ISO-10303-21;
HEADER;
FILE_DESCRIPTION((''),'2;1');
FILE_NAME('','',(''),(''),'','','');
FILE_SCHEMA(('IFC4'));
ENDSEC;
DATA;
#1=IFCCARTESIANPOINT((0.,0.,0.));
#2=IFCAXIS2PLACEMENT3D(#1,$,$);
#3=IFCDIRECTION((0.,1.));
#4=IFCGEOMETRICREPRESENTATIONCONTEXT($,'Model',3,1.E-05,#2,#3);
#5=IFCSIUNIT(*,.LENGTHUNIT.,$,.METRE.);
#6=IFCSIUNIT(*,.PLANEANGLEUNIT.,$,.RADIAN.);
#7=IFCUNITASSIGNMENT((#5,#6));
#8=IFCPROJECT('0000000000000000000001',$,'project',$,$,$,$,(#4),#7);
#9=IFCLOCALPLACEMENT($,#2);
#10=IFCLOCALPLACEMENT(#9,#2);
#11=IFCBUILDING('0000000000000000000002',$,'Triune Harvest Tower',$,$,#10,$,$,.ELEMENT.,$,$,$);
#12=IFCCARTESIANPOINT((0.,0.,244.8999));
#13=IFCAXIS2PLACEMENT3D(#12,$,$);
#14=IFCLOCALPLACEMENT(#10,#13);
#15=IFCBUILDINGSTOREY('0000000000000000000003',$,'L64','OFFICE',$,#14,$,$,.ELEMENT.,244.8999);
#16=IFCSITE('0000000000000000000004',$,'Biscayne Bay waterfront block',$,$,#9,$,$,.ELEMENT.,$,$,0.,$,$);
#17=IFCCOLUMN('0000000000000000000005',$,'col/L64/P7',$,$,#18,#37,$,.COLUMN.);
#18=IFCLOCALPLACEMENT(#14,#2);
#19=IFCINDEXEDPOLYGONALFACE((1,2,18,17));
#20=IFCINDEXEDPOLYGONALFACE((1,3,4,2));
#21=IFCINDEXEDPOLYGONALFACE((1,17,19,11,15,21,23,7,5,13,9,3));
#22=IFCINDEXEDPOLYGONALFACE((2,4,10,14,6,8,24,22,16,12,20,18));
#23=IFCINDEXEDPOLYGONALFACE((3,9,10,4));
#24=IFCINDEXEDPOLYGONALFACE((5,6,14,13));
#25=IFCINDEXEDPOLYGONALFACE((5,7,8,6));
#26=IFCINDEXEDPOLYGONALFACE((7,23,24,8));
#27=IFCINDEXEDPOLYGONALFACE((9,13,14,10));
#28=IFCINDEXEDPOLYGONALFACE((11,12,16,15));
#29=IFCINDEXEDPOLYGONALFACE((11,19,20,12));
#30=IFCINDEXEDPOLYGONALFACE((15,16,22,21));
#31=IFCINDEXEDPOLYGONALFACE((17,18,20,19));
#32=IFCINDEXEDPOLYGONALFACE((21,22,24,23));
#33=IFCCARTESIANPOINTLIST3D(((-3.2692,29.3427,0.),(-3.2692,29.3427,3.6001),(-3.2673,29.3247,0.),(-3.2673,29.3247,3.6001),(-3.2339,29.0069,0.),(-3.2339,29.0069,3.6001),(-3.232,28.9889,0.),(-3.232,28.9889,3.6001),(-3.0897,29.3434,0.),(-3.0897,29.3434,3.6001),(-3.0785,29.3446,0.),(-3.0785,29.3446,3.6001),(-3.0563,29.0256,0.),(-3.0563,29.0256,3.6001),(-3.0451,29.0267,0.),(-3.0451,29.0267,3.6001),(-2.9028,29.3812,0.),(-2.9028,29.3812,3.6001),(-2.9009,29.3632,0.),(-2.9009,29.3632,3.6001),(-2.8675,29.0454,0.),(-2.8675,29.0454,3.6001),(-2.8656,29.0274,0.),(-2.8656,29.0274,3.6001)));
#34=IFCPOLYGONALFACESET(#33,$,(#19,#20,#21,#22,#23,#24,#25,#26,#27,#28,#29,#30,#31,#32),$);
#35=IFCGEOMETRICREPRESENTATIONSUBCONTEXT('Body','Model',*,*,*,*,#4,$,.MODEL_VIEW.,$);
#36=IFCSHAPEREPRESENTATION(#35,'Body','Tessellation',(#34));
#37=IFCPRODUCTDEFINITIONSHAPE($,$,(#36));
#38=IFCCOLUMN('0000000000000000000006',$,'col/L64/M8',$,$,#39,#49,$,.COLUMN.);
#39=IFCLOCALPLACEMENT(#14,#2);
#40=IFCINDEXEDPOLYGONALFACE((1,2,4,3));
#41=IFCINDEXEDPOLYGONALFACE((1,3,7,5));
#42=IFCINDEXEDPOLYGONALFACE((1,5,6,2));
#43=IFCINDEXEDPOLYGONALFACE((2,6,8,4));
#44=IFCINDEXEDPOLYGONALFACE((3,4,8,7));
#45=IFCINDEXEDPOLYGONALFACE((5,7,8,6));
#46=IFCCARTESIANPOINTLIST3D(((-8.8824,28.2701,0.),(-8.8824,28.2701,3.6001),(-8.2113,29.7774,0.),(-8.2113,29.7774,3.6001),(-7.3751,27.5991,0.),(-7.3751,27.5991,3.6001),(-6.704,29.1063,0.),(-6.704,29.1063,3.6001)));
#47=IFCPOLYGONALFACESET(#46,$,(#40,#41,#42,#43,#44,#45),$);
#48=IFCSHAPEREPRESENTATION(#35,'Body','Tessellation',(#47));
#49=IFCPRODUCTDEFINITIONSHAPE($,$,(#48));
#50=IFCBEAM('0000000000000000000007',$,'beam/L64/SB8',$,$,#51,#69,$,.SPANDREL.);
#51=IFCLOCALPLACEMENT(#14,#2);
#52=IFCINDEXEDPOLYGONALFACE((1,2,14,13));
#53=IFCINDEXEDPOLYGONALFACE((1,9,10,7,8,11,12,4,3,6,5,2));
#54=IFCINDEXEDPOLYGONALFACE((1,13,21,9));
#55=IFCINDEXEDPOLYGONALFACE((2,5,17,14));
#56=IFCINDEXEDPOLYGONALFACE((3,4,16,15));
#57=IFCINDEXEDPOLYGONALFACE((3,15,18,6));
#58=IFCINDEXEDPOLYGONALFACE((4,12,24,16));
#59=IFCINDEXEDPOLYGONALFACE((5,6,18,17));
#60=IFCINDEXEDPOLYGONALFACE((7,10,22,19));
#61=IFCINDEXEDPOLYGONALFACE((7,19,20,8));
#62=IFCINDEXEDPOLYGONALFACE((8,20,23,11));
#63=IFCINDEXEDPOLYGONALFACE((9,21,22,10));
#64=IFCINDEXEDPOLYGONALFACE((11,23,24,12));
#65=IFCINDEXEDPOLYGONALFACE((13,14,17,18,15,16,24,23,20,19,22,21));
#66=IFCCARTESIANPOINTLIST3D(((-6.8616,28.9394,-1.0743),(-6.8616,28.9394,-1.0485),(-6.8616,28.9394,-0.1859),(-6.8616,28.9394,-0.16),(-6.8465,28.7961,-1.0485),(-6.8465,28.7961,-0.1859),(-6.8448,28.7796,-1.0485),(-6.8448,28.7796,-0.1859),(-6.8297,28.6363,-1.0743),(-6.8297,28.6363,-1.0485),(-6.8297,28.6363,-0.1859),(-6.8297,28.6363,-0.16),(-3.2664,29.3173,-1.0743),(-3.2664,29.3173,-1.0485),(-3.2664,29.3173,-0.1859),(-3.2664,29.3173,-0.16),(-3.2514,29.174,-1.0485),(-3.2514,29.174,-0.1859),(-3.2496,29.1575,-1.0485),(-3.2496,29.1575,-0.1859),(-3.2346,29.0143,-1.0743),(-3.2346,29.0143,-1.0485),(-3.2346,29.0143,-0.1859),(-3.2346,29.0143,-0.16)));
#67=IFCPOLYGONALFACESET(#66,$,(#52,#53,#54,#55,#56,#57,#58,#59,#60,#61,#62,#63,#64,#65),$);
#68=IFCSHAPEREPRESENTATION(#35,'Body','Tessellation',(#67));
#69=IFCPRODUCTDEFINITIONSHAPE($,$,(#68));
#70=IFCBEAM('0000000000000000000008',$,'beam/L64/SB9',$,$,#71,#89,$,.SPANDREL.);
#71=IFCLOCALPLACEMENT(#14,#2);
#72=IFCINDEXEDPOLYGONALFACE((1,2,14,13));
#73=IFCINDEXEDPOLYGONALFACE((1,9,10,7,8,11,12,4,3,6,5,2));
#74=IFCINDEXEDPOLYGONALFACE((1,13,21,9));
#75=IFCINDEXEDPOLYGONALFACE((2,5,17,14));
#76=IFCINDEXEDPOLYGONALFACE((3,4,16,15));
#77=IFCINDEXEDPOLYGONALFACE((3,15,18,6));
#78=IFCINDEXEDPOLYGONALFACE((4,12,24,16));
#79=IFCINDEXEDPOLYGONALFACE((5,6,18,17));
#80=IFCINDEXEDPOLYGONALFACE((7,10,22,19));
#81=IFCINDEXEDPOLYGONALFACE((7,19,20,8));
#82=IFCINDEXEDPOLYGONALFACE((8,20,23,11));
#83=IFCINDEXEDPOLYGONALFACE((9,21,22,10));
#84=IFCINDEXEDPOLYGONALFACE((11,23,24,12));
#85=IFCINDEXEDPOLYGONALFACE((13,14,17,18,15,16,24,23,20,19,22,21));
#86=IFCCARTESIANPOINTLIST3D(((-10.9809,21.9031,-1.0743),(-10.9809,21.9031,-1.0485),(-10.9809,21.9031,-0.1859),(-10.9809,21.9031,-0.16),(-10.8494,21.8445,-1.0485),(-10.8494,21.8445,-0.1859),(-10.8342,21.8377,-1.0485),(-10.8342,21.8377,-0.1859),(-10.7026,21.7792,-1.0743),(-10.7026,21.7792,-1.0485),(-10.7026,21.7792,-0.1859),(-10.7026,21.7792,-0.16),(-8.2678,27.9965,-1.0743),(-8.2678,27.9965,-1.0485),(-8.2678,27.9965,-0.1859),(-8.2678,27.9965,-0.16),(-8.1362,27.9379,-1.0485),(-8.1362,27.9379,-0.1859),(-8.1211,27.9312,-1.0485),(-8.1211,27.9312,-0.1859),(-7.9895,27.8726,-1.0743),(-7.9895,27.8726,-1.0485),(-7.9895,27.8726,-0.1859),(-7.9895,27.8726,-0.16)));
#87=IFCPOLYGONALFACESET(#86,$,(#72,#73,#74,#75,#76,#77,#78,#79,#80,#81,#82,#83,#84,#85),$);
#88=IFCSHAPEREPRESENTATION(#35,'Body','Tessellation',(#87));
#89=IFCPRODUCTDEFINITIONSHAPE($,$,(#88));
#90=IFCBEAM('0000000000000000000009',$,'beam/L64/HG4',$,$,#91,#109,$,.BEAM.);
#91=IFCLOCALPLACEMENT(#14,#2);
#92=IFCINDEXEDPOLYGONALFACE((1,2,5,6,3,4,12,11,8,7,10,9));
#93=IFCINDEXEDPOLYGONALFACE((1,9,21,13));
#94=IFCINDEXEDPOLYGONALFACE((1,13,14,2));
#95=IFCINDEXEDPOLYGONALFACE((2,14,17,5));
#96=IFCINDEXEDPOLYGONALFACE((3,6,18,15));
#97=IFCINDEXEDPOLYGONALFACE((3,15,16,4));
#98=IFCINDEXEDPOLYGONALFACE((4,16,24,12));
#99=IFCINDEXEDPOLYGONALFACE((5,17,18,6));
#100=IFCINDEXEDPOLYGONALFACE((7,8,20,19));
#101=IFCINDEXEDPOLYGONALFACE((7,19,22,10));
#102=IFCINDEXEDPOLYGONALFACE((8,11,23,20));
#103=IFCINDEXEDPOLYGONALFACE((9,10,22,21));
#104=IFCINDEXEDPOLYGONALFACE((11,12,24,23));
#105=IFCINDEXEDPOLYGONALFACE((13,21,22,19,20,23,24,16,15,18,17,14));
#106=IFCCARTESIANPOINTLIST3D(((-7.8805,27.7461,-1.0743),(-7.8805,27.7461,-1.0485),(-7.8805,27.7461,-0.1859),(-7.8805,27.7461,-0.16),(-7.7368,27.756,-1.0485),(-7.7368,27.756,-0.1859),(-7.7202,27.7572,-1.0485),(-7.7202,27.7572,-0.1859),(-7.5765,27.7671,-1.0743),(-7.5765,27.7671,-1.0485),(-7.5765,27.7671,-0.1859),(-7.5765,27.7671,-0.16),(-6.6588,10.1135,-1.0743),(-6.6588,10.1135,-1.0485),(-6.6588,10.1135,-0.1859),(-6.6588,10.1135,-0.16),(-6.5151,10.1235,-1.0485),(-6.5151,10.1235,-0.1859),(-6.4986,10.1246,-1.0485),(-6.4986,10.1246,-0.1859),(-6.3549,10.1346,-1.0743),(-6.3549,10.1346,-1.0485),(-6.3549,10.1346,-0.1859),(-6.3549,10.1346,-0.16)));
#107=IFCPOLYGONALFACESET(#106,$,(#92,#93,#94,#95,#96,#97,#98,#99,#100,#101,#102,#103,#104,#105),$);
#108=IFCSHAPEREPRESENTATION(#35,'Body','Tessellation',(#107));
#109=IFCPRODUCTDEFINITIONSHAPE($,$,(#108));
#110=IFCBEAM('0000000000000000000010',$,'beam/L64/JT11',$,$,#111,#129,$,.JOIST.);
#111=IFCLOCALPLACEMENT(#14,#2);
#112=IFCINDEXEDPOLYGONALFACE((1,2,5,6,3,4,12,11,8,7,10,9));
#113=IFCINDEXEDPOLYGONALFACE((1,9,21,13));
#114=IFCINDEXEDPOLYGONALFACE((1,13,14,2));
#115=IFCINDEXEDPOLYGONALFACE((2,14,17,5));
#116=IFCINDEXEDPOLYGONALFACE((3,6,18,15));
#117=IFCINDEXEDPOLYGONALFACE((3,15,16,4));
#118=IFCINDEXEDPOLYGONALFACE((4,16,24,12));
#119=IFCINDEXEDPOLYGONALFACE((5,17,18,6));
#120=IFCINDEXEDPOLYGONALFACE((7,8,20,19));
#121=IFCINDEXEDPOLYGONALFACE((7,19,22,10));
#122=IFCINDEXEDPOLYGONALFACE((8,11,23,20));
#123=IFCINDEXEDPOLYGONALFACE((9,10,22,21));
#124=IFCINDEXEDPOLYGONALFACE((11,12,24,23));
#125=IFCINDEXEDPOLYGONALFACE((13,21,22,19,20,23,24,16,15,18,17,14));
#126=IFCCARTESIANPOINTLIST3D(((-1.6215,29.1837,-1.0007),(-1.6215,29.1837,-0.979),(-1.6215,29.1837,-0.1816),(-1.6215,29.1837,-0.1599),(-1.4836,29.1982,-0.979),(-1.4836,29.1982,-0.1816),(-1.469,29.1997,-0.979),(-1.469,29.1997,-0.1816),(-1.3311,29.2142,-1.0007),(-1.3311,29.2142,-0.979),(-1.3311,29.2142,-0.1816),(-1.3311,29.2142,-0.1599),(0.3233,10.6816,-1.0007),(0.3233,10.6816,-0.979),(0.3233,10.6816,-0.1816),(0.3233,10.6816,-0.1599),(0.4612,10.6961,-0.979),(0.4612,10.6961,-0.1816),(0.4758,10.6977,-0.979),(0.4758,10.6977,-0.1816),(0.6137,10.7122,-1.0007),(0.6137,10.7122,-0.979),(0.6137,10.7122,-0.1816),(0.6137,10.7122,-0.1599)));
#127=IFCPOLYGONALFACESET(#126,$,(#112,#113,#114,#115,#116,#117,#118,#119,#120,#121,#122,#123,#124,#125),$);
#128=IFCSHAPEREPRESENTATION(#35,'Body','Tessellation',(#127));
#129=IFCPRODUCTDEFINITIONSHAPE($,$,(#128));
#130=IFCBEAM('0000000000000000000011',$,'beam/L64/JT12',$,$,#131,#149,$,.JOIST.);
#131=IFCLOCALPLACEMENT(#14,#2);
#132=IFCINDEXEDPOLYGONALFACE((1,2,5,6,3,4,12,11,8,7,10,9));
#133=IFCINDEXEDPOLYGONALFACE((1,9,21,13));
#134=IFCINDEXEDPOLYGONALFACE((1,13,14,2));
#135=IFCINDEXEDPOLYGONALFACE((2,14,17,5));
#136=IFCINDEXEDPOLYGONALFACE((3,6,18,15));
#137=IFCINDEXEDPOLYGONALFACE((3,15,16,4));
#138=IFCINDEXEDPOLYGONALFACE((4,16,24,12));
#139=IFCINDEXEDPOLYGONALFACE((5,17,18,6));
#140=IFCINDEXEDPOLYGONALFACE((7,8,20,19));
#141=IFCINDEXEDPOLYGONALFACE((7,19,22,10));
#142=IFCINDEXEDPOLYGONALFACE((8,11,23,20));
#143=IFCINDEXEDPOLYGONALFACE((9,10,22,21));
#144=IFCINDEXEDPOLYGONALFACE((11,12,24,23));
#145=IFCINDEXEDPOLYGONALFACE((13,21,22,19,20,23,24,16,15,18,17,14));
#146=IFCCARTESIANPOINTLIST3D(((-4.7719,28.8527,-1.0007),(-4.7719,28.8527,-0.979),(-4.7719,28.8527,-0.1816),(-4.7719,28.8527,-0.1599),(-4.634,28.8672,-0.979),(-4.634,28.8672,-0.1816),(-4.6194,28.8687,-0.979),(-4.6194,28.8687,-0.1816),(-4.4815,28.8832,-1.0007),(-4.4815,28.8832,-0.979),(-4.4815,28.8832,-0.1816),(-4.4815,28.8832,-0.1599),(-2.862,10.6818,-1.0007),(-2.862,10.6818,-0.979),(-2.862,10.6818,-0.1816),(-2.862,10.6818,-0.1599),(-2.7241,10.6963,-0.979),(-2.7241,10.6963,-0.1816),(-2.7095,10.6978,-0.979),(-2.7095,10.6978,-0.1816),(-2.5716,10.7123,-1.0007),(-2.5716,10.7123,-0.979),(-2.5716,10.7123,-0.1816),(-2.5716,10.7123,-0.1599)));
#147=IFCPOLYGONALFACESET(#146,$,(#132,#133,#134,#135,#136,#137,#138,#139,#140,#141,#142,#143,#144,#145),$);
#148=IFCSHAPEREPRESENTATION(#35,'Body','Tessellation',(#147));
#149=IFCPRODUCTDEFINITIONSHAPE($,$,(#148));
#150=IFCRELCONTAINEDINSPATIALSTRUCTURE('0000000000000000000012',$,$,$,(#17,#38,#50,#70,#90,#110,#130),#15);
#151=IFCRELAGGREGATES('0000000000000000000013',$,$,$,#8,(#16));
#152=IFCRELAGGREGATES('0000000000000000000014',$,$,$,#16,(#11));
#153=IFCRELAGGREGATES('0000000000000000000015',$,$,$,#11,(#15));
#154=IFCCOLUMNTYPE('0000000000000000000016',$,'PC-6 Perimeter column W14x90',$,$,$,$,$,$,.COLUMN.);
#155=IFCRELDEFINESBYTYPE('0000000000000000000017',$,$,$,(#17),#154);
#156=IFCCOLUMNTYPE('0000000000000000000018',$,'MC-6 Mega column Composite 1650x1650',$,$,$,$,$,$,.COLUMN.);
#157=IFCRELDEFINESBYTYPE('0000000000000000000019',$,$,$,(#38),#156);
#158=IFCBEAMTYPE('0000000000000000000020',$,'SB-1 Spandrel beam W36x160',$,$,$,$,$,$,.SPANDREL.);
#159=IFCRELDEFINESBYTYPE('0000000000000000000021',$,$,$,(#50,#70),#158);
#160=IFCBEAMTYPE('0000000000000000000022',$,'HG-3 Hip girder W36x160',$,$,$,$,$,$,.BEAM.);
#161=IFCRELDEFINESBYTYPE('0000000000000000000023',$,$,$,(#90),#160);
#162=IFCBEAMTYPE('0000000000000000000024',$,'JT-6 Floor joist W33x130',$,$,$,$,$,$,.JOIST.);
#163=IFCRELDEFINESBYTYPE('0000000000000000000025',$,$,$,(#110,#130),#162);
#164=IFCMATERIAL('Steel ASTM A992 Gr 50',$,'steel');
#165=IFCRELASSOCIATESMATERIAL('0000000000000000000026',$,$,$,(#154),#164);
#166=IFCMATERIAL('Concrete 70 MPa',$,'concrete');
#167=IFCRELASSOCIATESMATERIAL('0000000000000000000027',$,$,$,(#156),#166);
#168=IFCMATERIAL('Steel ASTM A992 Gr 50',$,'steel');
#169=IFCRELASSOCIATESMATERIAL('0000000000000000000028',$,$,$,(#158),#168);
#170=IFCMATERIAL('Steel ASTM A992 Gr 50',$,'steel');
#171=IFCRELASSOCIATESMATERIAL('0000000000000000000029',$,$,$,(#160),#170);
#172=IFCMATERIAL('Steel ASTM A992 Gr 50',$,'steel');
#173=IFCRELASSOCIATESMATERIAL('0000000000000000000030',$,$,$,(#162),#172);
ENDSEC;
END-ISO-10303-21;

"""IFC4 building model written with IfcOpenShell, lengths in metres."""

from ifc_helpers import new_model, si_unit, direction, frame, origin, origin_2d, place, context, subcontext, project, spatial, rectangle, i_section, extrude, source, transform, mapped, material, material_profile, profile_set, type_object, element, save


model = new_model("IFC4")

# Units and contexts
model_context = context("Model", 3, precision=1e-05, world=origin(), true_north=direction((0.0, 1.0)))
body_context = subcontext(model_context, "Body", "Model", "MODEL_VIEW")
ifc_project = project(units=[si_unit("LENGTHUNIT", "METRE"), si_unit("PLANEANGLEUNIT", "RADIAN")], contexts=[model_context])

# Site, building, storey
site_placement = place(None, origin())
site = spatial("IfcSite", under=ifc_project, at=site_placement, Name="Biscayne Bay waterfront block", CompositionType="ELEMENT", RefElevation=0.0)
building_placement = place(site_placement, origin())
building = spatial("IfcBuilding", under=site, at=building_placement, Name="Triune Harvest Tower", CompositionType="ELEMENT")
storey_placement = place(building_placement, frame((0.0, 0.0, 244.8999)))
storey = spatial("IfcBuildingStorey", under=building, at=storey_placement, Name="L64", Description="OFFICE", CompositionType="ELEMENT", Elevation=244.8999)

# Columns
ifc_material_1 = material(Name="Steel ASTM A992 Gr 50", Category="steel")
ifc_material_profile_1 = material_profile(ifc_material_1, i_section(OverallWidth=0.3684, OverallDepth=0.3557, WebThickness=0.0112, FlangeThickness=0.0181, at=origin_2d()), Name="W14x90")
ifc_profile_set_1 = profile_set([ifc_material_profile_1], Name="Steel ASTM A992 Gr 50")
column_type_1 = type_object("IfcColumnType", Name="PC-6 Perimeter column W14x90", PredefinedType="COLUMN", material=ifc_profile_set_1)
shared_shape_1 = source(origin(), body_context, "Body", "SweptSolid", [
    extrude(i_section(OverallWidth=0.3684, OverallDepth=0.3557, WebThickness=0.0112, FlangeThickness=0.0181, at=origin_2d()), origin(), (0.0, 0.0, 1.0), 3.6001),
])
column_1_placement = place(storey_placement, frame((-3.0674, 29.1851, 0.0), z_axis=(0.0, 0.0, 1.0), x_axis=(-0.994522, -0.104528, 0.0)))
element("IfcColumn", 1, at=column_1_placement, inside=storey, type_object=column_type_1, Name="col/L64/P7", PredefinedType="COLUMN", context=body_context, shape_type="MappedRepresentation", body=[
    mapped(shared_shape_1, transform((0.0, 0.0, 0.0), scale=1.0)),
])
ifc_material_2 = material(Name="Concrete 70 MPa", Category="concrete")
ifc_material_profile_2 = material_profile(ifc_material_2, rectangle(XDim=1.6499, YDim=1.6499, at=origin_2d()), Name="Composite 1650x1650")
ifc_profile_set_2 = profile_set([ifc_material_profile_2], Name="Concrete 70 MPa")
column_type_2 = type_object("IfcColumnType", Name="MC-6 Mega column Composite 1650x1650", PredefinedType="COLUMN", material=ifc_profile_set_2)
shared_shape_2 = source(origin(), body_context, "Body", "SweptSolid", [
    extrude(rectangle(XDim=1.6499, YDim=1.6499, at=origin_2d()), origin(), (0.0, 0.0, 1.0), 3.6001),
])
column_2_placement = place(storey_placement, frame((-7.7932, 28.6882, 0.0), z_axis=(0.0, 0.0, 1.0), x_axis=(-0.406738, -0.913545, 0.0)))
element("IfcColumn", 2, at=column_2_placement, inside=storey, type_object=column_type_2, Name="col/L64/M8", PredefinedType="COLUMN", context=body_context, shape_type="MappedRepresentation", body=[
    mapped(shared_shape_2, transform((0.0, 0.0, 0.0), scale=1.0)),
])

# Beams
ifc_material_3 = material(Name="Steel ASTM A992 Gr 50", Category="steel")
ifc_material_profile_3 = material_profile(ifc_material_3, i_section(OverallWidth=0.3047, OverallDepth=0.9143, WebThickness=0.0166, FlangeThickness=0.0259, at=origin_2d()), Name="W36x160")
ifc_profile_set_3 = profile_set([ifc_material_profile_3], Name="Steel ASTM A992 Gr 50")
beam_type_1 = type_object("IfcBeamType", Name="SB-1 Spandrel beam W36x160", PredefinedType="SPANDREL", material=ifc_profile_set_3)
shared_shape_3 = source(origin(), body_context, "Body", "SweptSolid", [
    extrude(i_section(OverallWidth=0.3047, OverallDepth=0.9143, WebThickness=0.0166, FlangeThickness=0.0259, at=origin_2d()), origin(), (0.0, 0.0, 1.0), 3.615),
])
beam_1_placement = place(storey_placement, frame((-3.2505, 29.1658, -0.6172), z_axis=(-0.99452, -0.104544, 0.0), x_axis=(0.104544, -0.99452, 0.0)))
element("IfcBeam", 3, at=beam_1_placement, inside=storey, type_object=beam_type_1, Name="beam/L64/SB8", PredefinedType="SPANDREL", context=body_context, shape_type="MappedRepresentation", body=[
    mapped(shared_shape_3, transform((0.0, 0.0, 0.0), scale=1.0)),
])
shared_shape_4 = source(origin(), body_context, "Body", "SweptSolid", [
    extrude(i_section(OverallWidth=0.3047, OverallDepth=0.9143, WebThickness=0.0166, FlangeThickness=0.0259, at=origin_2d()), origin(), (0.0, 0.0, 1.0), 6.6702),
])
beam_2_placement = place(storey_placement, frame((-8.1287, 27.9346, -0.6172), z_axis=(-0.406753, -0.913538, 0.0), x_axis=(0.913538, -0.406753, 0.0)))
element("IfcBeam", 4, at=beam_2_placement, inside=storey, type_object=beam_type_1, Name="beam/L64/SB9", PredefinedType="SPANDREL", context=body_context, shape_type="MappedRepresentation", body=[
    mapped(shared_shape_4, transform((0.0, 0.0, 0.0), scale=1.0)),
])
ifc_material_4 = material(Name="Steel ASTM A992 Gr 50", Category="steel")
ifc_material_profile_4 = material_profile(ifc_material_4, i_section(OverallWidth=0.3047, OverallDepth=0.9143, WebThickness=0.0166, FlangeThickness=0.0259, at=origin_2d()), Name="W36x160")
ifc_profile_set_4 = profile_set([ifc_material_profile_4], Name="Steel ASTM A992 Gr 50")
beam_type_2 = type_object("IfcBeamType", Name="HG-3 Hip girder W36x160", PredefinedType="BEAM", material=ifc_profile_set_4)
shared_shape_5 = source(origin(), body_context, "Body", "SweptSolid", [
    extrude(i_section(OverallWidth=0.3047, OverallDepth=0.9143, WebThickness=0.0166, FlangeThickness=0.0259, at=origin_2d()), origin(), (0.0, 0.0, 1.0), 17.6748),
])
beam_3_placement = place(storey_placement, frame((-7.7285, 27.7566, -0.6172), z_axis=(0.06912, -0.997608, 0.0), x_axis=(0.997608, 0.06912, 0.0)))
element("IfcBeam", 5, at=beam_3_placement, inside=storey, type_object=beam_type_2, Name="beam/L64/HG4", PredefinedType="BEAM", context=body_context, shape_type="MappedRepresentation", body=[
    mapped(shared_shape_5, transform((0.0, 0.0, 0.0), scale=1.0)),
])
ifc_material_5 = material(Name="Steel ASTM A992 Gr 50", Category="steel")
ifc_material_profile_5 = material_profile(ifc_material_5, i_section(OverallWidth=0.292, OverallDepth=0.8408, WebThickness=0.0146, FlangeThickness=0.0217, at=origin_2d()), Name="W33x130")
ifc_profile_set_5 = profile_set([ifc_material_profile_5], Name="Steel ASTM A992 Gr 50")
beam_type_3 = type_object("IfcBeamType", Name="JT-6 Floor joist W33x130", PredefinedType="JOIST", material=ifc_profile_set_5)
shared_shape_6 = source(origin(), body_context, "Body", "SweptSolid", [
    extrude(i_section(OverallWidth=0.292, OverallDepth=0.8408, WebThickness=0.0146, FlangeThickness=0.0217, at=origin_2d()), origin(), (0.0, 0.0, 1.0), 18.604),
])
beam_4_placement = place(storey_placement, frame((-1.4763, 29.199, -0.5803), z_axis=(0.104539, -0.994521, 0.0), x_axis=(0.994521, 0.104539, 0.0)))
element("IfcBeam", 6, at=beam_4_placement, inside=storey, type_object=beam_type_3, Name="beam/L64/JT11", PredefinedType="JOIST", context=body_context, shape_type="MappedRepresentation", body=[
    mapped(shared_shape_6, transform((0.0, 0.0, 0.0), scale=1.0)),
])
shared_shape_7 = source(origin(), body_context, "Body", "SweptSolid", [
    extrude(i_section(OverallWidth=0.292, OverallDepth=0.8408, WebThickness=0.0146, FlangeThickness=0.0217, at=origin_2d()), origin(), (0.0, 0.0, 1.0), 18.271),
])
beam_5_placement = place(storey_placement, frame((-4.6267, 28.8679, -0.5803), z_axis=(0.104532, -0.994521, 0.0), x_axis=(0.994521, 0.104532, 0.0)))
element("IfcBeam", 7, at=beam_5_placement, inside=storey, type_object=beam_type_3, Name="beam/L64/JT12", PredefinedType="JOIST", context=body_context, shape_type="MappedRepresentation", body=[
    mapped(shared_shape_7, transform((0.0, 0.0, 0.0), scale=1.0)),
])

save(model, "model.ifc")
